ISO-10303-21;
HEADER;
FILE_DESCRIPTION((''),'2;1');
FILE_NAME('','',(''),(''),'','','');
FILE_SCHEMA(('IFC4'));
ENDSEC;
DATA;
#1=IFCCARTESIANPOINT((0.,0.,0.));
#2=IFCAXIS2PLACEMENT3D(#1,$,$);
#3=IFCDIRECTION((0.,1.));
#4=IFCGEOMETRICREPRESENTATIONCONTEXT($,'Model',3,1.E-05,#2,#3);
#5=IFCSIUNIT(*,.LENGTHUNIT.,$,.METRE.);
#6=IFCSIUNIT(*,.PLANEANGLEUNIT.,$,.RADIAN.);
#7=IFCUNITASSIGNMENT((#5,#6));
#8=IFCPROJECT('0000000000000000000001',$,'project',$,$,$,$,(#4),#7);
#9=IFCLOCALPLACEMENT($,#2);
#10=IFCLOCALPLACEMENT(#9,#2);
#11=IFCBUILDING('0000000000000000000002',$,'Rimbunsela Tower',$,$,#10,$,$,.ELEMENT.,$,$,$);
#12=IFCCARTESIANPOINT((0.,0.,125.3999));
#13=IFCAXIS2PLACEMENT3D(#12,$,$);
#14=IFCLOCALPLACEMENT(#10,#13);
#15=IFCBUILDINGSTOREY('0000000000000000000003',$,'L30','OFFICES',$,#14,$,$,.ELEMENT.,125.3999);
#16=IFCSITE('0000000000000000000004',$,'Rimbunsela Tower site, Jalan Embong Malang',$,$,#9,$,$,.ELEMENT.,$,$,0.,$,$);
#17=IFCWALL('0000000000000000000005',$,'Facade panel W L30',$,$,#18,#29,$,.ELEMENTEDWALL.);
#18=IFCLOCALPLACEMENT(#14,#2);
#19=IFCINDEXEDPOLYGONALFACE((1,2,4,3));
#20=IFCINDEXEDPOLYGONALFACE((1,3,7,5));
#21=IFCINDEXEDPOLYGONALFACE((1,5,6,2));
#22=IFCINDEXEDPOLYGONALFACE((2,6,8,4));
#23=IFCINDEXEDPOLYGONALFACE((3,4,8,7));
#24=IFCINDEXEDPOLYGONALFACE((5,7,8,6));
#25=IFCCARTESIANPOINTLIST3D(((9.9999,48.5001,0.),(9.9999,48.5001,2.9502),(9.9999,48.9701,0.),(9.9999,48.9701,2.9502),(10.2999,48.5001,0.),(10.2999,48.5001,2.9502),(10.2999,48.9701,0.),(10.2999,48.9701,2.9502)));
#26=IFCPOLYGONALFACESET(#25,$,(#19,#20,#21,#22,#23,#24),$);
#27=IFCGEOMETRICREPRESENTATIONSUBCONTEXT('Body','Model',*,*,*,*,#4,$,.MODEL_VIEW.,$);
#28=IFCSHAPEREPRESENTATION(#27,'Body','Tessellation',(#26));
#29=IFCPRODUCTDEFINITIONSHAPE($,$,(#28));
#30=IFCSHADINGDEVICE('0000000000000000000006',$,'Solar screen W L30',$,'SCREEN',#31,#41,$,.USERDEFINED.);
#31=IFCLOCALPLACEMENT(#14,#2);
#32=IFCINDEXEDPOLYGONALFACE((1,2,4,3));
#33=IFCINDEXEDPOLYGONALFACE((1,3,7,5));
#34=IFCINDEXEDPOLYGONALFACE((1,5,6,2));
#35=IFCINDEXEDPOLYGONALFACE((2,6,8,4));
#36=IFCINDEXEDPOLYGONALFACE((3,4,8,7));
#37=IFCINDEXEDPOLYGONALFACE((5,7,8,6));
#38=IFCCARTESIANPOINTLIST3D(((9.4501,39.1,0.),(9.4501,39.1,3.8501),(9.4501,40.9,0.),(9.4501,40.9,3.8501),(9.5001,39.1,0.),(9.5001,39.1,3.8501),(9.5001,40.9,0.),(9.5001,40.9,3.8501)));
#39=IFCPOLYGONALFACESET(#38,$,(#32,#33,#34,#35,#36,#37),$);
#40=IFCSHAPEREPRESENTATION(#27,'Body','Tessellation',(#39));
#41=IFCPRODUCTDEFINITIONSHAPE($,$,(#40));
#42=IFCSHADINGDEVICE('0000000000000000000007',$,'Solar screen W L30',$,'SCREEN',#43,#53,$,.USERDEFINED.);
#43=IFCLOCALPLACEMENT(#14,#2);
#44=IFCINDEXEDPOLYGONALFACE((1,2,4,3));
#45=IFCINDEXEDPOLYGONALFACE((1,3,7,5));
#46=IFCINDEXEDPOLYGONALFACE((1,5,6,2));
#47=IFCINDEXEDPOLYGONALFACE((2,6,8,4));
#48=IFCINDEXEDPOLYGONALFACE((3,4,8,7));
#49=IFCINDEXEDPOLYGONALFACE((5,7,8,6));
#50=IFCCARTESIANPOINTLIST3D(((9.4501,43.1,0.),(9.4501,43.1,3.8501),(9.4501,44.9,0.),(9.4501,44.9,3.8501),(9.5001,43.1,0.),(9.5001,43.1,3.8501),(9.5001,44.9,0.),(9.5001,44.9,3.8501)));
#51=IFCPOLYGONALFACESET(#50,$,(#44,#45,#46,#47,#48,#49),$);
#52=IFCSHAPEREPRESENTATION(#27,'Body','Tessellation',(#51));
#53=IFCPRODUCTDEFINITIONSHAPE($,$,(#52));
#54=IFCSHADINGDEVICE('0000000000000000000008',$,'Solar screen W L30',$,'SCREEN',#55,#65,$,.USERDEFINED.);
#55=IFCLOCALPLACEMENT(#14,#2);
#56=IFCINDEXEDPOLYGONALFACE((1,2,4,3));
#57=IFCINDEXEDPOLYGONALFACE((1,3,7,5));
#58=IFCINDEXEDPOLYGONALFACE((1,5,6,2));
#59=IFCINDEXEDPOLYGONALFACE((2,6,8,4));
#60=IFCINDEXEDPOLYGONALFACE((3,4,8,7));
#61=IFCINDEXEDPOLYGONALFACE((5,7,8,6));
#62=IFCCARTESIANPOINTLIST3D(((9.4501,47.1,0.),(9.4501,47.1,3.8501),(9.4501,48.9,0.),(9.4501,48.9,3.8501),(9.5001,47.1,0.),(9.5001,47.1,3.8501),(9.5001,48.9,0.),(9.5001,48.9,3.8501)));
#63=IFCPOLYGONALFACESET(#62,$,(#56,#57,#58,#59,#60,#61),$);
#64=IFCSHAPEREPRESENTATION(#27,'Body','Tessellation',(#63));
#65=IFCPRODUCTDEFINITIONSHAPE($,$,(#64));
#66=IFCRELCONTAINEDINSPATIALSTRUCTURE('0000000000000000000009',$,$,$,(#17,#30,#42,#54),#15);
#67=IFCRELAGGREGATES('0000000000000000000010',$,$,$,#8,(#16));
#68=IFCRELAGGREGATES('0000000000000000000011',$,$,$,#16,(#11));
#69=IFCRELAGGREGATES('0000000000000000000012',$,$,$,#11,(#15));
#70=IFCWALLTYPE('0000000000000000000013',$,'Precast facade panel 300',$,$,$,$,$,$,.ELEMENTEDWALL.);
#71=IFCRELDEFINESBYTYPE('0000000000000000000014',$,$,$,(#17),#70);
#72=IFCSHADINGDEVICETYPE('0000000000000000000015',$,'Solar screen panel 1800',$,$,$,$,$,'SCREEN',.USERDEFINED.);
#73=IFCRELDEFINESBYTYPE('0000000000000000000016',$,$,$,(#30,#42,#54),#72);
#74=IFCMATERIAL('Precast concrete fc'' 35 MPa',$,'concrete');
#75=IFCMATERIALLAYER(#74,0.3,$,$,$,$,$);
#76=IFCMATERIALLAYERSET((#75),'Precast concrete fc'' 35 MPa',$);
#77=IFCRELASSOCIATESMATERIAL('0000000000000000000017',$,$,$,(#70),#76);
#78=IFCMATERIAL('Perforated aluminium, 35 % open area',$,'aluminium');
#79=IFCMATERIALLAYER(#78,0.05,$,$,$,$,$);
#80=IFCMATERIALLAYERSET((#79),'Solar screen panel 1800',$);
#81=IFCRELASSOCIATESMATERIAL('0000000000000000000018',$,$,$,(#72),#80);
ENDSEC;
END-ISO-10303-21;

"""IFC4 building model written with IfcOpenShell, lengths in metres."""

from ifc_helpers import new_model, si_unit, direction, frame, frame_2d, origin, origin_2d, place, context, subcontext, project, spatial, rectangle, extrude, material, layer, layer_set, type_object, element, save


model = new_model("IFC4")

# Units and contexts
model_context = context("Model", 3, precision=1e-05, world=origin(), true_north=direction((0.0, 1.0)))
body_context = subcontext(model_context, "Body", "Model", "MODEL_VIEW")
ifc_project = project(units=[si_unit("LENGTHUNIT", "METRE"), si_unit("PLANEANGLEUNIT", "RADIAN")], contexts=[model_context])

# Site, building, storey
site_placement = place(None, origin())
site = spatial("IfcSite", under=ifc_project, at=site_placement, Name="Rimbunsela Tower site, Jalan Embong Malang", CompositionType="ELEMENT", RefElevation=0.0)
building_placement = place(site_placement, origin())
building = spatial("IfcBuilding", under=site, at=building_placement, Name="Rimbunsela Tower", CompositionType="ELEMENT")
storey_placement = place(building_placement, frame((0.0, 0.0, 125.3999)))
storey = spatial("IfcBuildingStorey", under=building, at=storey_placement, Name="L30", Description="OFFICES", CompositionType="ELEMENT", Elevation=125.3999)

# Shared definitions
ifc_material_1 = material(Name="Precast concrete fc' 35 MPa", Category="concrete")
ifc_layer_1 = layer(ifc_material_1, 0.3)
ifc_layer_set_1 = layer_set([ifc_layer_1], Name="Precast concrete fc' 35 MPa")
wall_type = type_object("IfcWallType", Name="Precast facade panel 300", PredefinedType="ELEMENTEDWALL", material=ifc_layer_set_1)

# Wall
wall_1_placement = place(storey_placement, frame((10.1499, 48.97, 0.0), z_axis=(0.0, 0.0, 1.0), x_axis=(0.0, -1.0, 0.0)))
element("IfcWall", 1, at=wall_1_placement, inside=storey, type_object=wall_type, Name="Facade panel W L30", PredefinedType="ELEMENTEDWALL", context=body_context, shape_type="SweptSolid", body=[
    extrude(rectangle(XDim=0.47, YDim=0.3, at=frame_2d((0.2349, 0.0))), origin(), (0.0, 0.0, 1.0), 2.9502),
])

# Shading devices
ifc_material_2 = material(Name="Perforated aluminium, 35 % open area", Category="aluminium")
ifc_layer_2 = layer(ifc_material_2, 0.05)
ifc_layer_set_2 = layer_set([ifc_layer_2], Name="Solar screen panel 1800")
shading_device_type = type_object("IfcShadingDeviceType", Name="Solar screen panel 1800", ElementType="SCREEN", PredefinedType="USERDEFINED", material=ifc_layer_set_2)
for number, where, z_axis, x_axis, name in (
    (2, (9.4751, 40.0, 0.0), (0.0, 0.0, 1.0), (0.0, 1.0, 0.0), "Solar screen W L30"),
    (3, (9.4751, 44.0, 0.0), (0.0, 0.0, 1.0), (0.0, 1.0, 0.0), "Solar screen W L30"),
    (4, (9.4751, 48.0, 0.0), (0.0, 0.0, 1.0), (0.0, 1.0, 0.0), "Solar screen W L30"),
):
    element("IfcShadingDevice", number, at=place(storey_placement, frame(where, z_axis=z_axis, x_axis=x_axis)), inside=storey, type_object=shading_device_type, Name=name, ObjectType="SCREEN", PredefinedType="USERDEFINED", context=body_context, shape_type="SweptSolid", body=[
        extrude(rectangle(XDim=1.8, YDim=0.05, at=origin_2d()), origin(), (0.0, 0.0, 1.0), 3.8501),
    ])

save(model, "model.ifc")
